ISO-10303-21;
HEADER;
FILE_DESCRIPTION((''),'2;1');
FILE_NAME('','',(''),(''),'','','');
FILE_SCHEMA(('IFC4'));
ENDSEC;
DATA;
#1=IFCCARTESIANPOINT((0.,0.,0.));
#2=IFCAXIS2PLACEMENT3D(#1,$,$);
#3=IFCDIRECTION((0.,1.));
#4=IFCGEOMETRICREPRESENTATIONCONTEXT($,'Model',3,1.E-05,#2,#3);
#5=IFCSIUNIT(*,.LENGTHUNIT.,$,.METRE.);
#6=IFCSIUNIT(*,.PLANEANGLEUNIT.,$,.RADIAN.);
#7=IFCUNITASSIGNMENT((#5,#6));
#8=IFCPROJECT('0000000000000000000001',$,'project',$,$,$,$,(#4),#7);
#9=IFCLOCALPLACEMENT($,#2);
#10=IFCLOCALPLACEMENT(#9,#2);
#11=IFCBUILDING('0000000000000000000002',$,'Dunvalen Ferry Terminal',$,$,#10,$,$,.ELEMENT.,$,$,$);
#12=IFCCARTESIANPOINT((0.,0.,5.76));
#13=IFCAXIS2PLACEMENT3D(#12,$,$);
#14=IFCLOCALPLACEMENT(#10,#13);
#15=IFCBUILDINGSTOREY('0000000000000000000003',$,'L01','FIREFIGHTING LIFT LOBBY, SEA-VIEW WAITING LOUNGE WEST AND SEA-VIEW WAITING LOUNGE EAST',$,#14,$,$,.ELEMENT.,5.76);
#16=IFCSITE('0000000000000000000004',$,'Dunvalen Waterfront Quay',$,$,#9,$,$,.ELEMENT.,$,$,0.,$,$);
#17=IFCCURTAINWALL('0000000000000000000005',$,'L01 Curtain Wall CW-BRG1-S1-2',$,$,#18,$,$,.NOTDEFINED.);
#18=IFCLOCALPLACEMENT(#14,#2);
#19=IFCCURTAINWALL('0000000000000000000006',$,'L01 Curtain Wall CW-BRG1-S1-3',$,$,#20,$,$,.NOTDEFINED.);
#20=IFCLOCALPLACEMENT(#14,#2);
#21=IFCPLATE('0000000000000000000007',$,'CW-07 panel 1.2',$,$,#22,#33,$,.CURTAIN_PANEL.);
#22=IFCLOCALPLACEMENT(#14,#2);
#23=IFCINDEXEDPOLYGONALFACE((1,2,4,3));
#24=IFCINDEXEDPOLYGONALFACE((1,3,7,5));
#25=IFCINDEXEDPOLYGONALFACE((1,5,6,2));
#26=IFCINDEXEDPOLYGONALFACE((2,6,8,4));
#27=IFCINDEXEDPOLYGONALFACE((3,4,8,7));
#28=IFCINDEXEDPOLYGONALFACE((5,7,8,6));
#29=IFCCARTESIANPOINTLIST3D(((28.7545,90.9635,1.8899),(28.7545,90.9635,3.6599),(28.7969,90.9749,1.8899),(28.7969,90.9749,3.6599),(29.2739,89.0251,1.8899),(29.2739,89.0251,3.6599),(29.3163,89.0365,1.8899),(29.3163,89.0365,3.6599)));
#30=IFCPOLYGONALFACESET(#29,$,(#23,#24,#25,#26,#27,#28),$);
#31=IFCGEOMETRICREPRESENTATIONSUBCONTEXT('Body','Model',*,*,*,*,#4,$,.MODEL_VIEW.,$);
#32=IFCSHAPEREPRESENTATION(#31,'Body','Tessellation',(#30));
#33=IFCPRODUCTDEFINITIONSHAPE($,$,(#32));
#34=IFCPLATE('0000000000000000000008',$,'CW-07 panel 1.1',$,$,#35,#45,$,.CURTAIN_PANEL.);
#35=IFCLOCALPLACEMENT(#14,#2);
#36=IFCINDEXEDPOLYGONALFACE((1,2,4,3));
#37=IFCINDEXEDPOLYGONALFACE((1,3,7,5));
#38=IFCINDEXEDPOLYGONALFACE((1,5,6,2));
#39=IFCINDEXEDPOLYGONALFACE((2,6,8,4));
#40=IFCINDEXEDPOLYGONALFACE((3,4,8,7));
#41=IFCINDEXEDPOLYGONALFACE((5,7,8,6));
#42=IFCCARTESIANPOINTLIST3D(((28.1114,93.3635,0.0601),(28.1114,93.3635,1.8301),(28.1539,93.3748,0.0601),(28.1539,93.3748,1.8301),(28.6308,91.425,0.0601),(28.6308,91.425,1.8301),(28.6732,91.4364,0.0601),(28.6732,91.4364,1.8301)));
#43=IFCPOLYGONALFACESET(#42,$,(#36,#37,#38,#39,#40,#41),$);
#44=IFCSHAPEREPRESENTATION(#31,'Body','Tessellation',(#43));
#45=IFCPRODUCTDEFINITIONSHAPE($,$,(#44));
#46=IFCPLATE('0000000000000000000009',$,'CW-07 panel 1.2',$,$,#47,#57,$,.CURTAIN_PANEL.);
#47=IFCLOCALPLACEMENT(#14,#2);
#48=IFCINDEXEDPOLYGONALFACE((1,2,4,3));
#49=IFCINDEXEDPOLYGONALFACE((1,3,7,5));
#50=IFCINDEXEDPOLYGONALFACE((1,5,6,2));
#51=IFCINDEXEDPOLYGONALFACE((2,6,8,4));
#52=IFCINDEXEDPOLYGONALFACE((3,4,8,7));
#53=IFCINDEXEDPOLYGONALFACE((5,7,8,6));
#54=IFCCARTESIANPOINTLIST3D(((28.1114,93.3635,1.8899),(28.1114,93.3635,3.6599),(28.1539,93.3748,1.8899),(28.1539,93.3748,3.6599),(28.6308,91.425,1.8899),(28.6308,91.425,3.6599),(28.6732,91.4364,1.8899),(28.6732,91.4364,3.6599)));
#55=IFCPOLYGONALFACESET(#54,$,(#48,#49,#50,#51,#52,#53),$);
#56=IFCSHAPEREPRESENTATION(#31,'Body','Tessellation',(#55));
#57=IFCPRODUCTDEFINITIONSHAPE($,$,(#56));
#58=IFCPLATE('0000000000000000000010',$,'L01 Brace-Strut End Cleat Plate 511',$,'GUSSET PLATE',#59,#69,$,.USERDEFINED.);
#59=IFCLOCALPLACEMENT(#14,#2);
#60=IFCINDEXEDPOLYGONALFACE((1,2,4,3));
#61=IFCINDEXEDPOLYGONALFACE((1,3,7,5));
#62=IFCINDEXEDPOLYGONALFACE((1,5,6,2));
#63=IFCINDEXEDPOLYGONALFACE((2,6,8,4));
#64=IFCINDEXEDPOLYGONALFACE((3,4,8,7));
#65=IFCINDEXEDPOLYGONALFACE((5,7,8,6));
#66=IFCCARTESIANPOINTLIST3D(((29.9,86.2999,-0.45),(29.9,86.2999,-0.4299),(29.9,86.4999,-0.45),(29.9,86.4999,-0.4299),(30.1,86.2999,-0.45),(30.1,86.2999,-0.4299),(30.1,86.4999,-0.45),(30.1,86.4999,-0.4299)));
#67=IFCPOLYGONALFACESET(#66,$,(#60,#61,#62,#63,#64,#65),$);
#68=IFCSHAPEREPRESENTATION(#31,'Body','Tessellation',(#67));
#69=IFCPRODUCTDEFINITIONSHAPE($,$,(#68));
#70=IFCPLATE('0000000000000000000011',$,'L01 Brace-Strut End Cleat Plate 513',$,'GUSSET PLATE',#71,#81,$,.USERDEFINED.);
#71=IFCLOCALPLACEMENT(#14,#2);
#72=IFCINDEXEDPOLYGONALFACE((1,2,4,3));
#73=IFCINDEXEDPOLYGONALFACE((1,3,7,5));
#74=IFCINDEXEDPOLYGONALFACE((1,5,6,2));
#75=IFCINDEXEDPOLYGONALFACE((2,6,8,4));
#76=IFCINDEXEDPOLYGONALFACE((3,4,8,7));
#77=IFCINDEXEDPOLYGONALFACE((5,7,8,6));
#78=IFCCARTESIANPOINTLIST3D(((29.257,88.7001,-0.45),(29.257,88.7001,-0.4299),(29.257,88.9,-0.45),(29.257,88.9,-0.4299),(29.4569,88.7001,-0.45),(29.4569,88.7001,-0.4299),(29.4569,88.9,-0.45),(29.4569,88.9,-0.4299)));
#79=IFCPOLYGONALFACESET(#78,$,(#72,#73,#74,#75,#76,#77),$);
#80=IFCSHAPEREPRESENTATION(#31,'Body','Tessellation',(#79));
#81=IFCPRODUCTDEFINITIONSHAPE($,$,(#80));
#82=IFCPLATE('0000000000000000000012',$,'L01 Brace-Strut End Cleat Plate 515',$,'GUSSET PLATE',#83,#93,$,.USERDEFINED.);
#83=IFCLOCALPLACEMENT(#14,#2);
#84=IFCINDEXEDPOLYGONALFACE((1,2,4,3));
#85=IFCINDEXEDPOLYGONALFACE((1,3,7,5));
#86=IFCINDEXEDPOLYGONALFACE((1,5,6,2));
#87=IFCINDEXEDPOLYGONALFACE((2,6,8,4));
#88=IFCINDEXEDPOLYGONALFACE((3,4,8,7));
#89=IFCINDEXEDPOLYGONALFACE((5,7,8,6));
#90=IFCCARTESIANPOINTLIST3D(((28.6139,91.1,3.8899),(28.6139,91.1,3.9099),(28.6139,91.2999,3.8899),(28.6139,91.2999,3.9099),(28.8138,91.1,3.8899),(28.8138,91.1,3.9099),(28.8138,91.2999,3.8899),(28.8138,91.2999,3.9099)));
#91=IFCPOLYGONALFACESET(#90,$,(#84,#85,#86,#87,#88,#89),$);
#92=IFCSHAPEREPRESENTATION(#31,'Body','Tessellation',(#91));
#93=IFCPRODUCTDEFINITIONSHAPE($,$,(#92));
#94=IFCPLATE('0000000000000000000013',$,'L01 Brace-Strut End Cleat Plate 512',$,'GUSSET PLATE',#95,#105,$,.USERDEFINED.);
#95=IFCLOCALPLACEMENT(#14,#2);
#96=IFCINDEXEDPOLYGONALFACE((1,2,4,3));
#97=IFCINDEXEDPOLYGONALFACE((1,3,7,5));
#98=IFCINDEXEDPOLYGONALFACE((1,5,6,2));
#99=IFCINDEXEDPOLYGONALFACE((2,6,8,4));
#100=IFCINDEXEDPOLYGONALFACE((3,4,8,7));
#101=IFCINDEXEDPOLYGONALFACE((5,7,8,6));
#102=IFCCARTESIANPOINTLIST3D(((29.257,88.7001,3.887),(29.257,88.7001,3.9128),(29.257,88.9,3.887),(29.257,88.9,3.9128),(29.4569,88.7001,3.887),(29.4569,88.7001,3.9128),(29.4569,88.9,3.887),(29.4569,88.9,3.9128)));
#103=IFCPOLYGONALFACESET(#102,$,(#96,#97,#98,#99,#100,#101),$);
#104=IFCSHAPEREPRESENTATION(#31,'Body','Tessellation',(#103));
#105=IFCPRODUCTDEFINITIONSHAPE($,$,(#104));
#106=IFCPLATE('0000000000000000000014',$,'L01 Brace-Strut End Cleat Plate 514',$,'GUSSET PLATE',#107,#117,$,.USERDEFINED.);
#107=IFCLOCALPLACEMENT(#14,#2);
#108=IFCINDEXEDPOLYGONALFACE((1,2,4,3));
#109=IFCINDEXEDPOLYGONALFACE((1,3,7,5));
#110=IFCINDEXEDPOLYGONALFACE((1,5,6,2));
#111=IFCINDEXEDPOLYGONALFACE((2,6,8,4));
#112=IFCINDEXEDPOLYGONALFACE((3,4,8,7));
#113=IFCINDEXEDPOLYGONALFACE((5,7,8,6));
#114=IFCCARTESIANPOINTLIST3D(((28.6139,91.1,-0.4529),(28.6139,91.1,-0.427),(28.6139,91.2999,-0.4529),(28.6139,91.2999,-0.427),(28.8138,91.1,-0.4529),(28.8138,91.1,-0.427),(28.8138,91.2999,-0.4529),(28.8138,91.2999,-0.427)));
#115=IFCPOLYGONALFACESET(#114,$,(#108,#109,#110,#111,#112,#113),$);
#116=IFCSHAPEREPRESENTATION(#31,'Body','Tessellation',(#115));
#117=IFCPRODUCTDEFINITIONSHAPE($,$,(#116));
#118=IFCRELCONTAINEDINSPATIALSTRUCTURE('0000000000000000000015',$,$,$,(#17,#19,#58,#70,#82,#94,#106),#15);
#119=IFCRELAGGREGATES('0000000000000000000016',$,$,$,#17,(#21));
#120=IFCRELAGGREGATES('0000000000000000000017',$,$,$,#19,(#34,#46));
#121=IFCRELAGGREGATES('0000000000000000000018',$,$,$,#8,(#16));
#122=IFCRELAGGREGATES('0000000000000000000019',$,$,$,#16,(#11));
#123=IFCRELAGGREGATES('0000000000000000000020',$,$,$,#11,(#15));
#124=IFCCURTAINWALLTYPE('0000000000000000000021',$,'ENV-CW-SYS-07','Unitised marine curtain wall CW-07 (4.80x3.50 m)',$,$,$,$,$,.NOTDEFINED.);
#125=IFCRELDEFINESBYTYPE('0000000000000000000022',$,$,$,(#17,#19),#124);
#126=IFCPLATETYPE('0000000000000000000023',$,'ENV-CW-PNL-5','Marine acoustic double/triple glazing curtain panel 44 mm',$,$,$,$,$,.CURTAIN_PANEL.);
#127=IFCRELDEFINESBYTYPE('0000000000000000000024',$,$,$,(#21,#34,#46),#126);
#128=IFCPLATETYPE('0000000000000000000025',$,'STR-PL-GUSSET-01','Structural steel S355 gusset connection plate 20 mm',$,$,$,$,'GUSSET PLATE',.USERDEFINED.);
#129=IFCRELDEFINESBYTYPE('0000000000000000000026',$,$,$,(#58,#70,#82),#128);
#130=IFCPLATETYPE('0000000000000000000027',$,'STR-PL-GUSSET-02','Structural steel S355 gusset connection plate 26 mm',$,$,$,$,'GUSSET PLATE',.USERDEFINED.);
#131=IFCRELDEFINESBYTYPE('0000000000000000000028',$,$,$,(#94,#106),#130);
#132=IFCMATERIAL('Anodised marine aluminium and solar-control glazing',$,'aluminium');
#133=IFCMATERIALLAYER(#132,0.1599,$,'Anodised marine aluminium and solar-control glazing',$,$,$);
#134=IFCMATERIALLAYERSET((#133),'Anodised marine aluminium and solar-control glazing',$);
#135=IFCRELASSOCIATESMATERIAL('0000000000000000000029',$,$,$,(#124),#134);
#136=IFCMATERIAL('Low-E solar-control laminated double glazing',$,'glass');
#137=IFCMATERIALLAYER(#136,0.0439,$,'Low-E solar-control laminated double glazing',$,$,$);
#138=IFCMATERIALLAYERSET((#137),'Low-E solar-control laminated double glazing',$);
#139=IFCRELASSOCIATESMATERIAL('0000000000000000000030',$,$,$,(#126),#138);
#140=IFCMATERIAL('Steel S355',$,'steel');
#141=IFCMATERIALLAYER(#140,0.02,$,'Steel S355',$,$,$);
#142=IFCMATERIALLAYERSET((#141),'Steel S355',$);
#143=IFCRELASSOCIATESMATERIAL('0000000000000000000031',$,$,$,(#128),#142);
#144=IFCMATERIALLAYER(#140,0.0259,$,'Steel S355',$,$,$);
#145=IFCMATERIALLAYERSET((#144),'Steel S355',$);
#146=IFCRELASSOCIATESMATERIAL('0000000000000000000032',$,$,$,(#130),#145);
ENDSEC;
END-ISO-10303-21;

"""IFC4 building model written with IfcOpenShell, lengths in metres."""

from ifc_helpers import new_model, si_unit, direction, frame, origin, origin_2d, place, context, subcontext, project, spatial, rectangle, extrude, material, layer, layer_set, type_object, element, aggregate, save


model = new_model("IFC4")

# Units and contexts
model_context = context("Model", 3, precision=1e-05, world=origin(), true_north=direction((0.0, 1.0)))
body_context = subcontext(model_context, "Body", "Model", "MODEL_VIEW")
ifc_project = project(units=[si_unit("LENGTHUNIT", "METRE"), si_unit("PLANEANGLEUNIT", "RADIAN")], contexts=[model_context])

# Site, building, storey
site_placement = place(None, origin())
site = spatial("IfcSite", under=ifc_project, at=site_placement, Name="Dunvalen Waterfront Quay", CompositionType="ELEMENT", RefElevation=0.0)
building_placement = place(site_placement, origin())
building = spatial("IfcBuilding", under=site, at=building_placement, Name="Dunvalen Ferry Terminal", CompositionType="ELEMENT")
storey_placement = place(building_placement, frame((0.0, 0.0, 5.76)))
storey = spatial("IfcBuildingStorey", under=building, at=storey_placement, Name="L01", Description="FIREFIGHTING LIFT LOBBY, SEA-VIEW WAITING LOUNGE WEST AND SEA-VIEW WAITING LOUNGE EAST", CompositionType="ELEMENT", Elevation=5.76)

# Shared definitions
ifc_material_1 = material(Name="Anodised marine aluminium and solar-control glazing", Category="aluminium")

# Curtain wall
ifc_layer_1 = layer(ifc_material_1, 0.1599, Name="Anodised marine aluminium and solar-control glazing")
ifc_layer_set_1 = layer_set([ifc_layer_1], Name="Anodised marine aluminium and solar-control glazing")
curtain_wall_type_1 = type_object("IfcCurtainWallType", Name="ENV-CW-SYS-07", Description="Unitised marine curtain wall CW-07 (4.80x3.50 m)", PredefinedType="NOTDEFINED", material=ifc_layer_set_1)
curtain_wall_1_placement = place(storey_placement, origin())
curtain_wall_1 = element("IfcCurtainWall", 1, at=curtain_wall_1_placement, inside=storey, type_object=curtain_wall_type_1, Name="L01 Curtain Wall CW-BRG1-S1-2", PredefinedType="NOTDEFINED")

# Curtain wall
curtain_wall_2_placement = place(storey_placement, origin())
curtain_wall_2 = element("IfcCurtainWall", 2, at=curtain_wall_2_placement, inside=storey, type_object=curtain_wall_type_1, Name="L01 Curtain Wall CW-BRG1-S1-3", PredefinedType="NOTDEFINED")

# Shared definitions
ifc_material_2 = material(Name="Steel S355", Category="steel")

# Plates
ifc_material_3 = material(Name="Low-E solar-control laminated double glazing", Category="glass")
ifc_layer_2 = layer(ifc_material_3, 0.0439, Name="Low-E solar-control laminated double glazing")
ifc_layer_set_2 = layer_set([ifc_layer_2], Name="Low-E solar-control laminated double glazing")
plate_type_1 = type_object("IfcPlateType", Name="ENV-CW-PNL-5", Description="Marine acoustic double/triple glazing curtain panel 44 mm", PredefinedType="CURTAIN_PANEL", material=ifc_layer_set_2)
plate_1_placement = place(storey_placement, frame((29.0354, 90.0, 1.8899), z_axis=(0.0, 0.0, 1.0), x_axis=(-0.25883, 0.965923, 0.0)))
plate_1 = element("IfcPlate", 3, at=plate_1_placement, type_object=plate_type_1, Name="CW-07 panel 1.2", PredefinedType="CURTAIN_PANEL", context=body_context, shape_type="SweptSolid", body=[
    extrude(rectangle(XDim=2.0068, YDim=0.0439, at=origin_2d()), origin(), (0.0, 0.0, 1.0), 1.77),
])
aggregate(curtain_wall_1, [plate_1])
plate_2_placement = place(storey_placement, frame((28.3923, 92.3999, 0.0601), z_axis=(0.0, 0.0, 1.0), x_axis=(-0.258786, 0.965935, 0.0)))
plate_2 = element("IfcPlate", 4, at=plate_2_placement, type_object=plate_type_1, Name="CW-07 panel 1.1", PredefinedType="CURTAIN_PANEL", context=body_context, shape_type="SweptSolid", body=[
    extrude(rectangle(XDim=2.0068, YDim=0.0439, at=origin_2d()), origin(), (0.0, 0.0, 1.0), 1.77),
])
plate_3_placement = place(storey_placement, frame((28.3923, 92.3999, 1.8899), z_axis=(0.0, 0.0, 1.0), x_axis=(-0.258786, 0.965935, 0.0)))
plate_3 = element("IfcPlate", 5, at=plate_3_placement, type_object=plate_type_1, Name="CW-07 panel 1.2", PredefinedType="CURTAIN_PANEL", context=body_context, shape_type="SweptSolid", body=[
    extrude(rectangle(XDim=2.0068, YDim=0.0439, at=origin_2d()), origin(), (0.0, 0.0, 1.0), 1.77),
])
aggregate(curtain_wall_2, [plate_2, plate_3])

# Plates
ifc_layer_3 = layer(ifc_material_2, 0.02, Name="Steel S355")
ifc_layer_set_3 = layer_set([ifc_layer_3], Name="Steel S355")
plate_type_2 = type_object("IfcPlateType", Name="STR-PL-GUSSET-01", Description="Structural steel S355 gusset connection plate 20 mm", ElementType="GUSSET PLATE", PredefinedType="USERDEFINED", material=ifc_layer_set_3)
for number, where, z_axis, x_axis, name in (
    (6, (30.0, 86.3999, -0.45), (0.0, 0.0, 1.0), (1.0, 0.0, 0.0), "L01 Brace-Strut End Cleat Plate 511"),
    (7, (29.3569, 88.8, -0.45), (0.0, 0.0, 1.0), (1.0, 0.0, 0.0), "L01 Brace-Strut End Cleat Plate 513"),
    (8, (28.7139, 91.2, 3.8899), (0.0, 0.0, 1.0), (1.0, 0.0, 0.0), "L01 Brace-Strut End Cleat Plate 515"),
):
    element("IfcPlate", number, at=place(storey_placement, frame(where, z_axis=z_axis, x_axis=x_axis)), inside=storey, type_object=plate_type_2, Name=name, ObjectType="GUSSET PLATE", PredefinedType="USERDEFINED", context=body_context, shape_type="SweptSolid", body=[
        extrude(rectangle(XDim=0.2, YDim=0.2, at=origin_2d()), origin(), (0.0, 0.0, 1.0), 0.02),
    ])
ifc_layer_4 = layer(ifc_material_2, 0.0259, Name="Steel S355")
ifc_layer_set_4 = layer_set([ifc_layer_4], Name="Steel S355")
plate_type_3 = type_object("IfcPlateType", Name="STR-PL-GUSSET-02", Description="Structural steel S355 gusset connection plate 26 mm", ElementType="GUSSET PLATE", PredefinedType="USERDEFINED", material=ifc_layer_set_4)
for number, where, z_axis, x_axis, name in (
    (9, (29.3569, 88.8, 3.887), (0.0, 0.0, 1.0), (1.0, 0.0, 0.0), "L01 Brace-Strut End Cleat Plate 512"),
    (10, (28.7139, 91.2, -0.4529), (0.0, 0.0, 1.0), (1.0, 0.0, 0.0), "L01 Brace-Strut End Cleat Plate 514"),
):
    element("IfcPlate", number, at=place(storey_placement, frame(where, z_axis=z_axis, x_axis=x_axis)), inside=storey, type_object=plate_type_3, Name=name, ObjectType="GUSSET PLATE", PredefinedType="USERDEFINED", context=body_context, shape_type="SweptSolid", body=[
        extrude(rectangle(XDim=0.2, YDim=0.2, at=origin_2d()), origin(), (0.0, 0.0, 1.0), 0.0259),
    ])

save(model, "model.ifc")
